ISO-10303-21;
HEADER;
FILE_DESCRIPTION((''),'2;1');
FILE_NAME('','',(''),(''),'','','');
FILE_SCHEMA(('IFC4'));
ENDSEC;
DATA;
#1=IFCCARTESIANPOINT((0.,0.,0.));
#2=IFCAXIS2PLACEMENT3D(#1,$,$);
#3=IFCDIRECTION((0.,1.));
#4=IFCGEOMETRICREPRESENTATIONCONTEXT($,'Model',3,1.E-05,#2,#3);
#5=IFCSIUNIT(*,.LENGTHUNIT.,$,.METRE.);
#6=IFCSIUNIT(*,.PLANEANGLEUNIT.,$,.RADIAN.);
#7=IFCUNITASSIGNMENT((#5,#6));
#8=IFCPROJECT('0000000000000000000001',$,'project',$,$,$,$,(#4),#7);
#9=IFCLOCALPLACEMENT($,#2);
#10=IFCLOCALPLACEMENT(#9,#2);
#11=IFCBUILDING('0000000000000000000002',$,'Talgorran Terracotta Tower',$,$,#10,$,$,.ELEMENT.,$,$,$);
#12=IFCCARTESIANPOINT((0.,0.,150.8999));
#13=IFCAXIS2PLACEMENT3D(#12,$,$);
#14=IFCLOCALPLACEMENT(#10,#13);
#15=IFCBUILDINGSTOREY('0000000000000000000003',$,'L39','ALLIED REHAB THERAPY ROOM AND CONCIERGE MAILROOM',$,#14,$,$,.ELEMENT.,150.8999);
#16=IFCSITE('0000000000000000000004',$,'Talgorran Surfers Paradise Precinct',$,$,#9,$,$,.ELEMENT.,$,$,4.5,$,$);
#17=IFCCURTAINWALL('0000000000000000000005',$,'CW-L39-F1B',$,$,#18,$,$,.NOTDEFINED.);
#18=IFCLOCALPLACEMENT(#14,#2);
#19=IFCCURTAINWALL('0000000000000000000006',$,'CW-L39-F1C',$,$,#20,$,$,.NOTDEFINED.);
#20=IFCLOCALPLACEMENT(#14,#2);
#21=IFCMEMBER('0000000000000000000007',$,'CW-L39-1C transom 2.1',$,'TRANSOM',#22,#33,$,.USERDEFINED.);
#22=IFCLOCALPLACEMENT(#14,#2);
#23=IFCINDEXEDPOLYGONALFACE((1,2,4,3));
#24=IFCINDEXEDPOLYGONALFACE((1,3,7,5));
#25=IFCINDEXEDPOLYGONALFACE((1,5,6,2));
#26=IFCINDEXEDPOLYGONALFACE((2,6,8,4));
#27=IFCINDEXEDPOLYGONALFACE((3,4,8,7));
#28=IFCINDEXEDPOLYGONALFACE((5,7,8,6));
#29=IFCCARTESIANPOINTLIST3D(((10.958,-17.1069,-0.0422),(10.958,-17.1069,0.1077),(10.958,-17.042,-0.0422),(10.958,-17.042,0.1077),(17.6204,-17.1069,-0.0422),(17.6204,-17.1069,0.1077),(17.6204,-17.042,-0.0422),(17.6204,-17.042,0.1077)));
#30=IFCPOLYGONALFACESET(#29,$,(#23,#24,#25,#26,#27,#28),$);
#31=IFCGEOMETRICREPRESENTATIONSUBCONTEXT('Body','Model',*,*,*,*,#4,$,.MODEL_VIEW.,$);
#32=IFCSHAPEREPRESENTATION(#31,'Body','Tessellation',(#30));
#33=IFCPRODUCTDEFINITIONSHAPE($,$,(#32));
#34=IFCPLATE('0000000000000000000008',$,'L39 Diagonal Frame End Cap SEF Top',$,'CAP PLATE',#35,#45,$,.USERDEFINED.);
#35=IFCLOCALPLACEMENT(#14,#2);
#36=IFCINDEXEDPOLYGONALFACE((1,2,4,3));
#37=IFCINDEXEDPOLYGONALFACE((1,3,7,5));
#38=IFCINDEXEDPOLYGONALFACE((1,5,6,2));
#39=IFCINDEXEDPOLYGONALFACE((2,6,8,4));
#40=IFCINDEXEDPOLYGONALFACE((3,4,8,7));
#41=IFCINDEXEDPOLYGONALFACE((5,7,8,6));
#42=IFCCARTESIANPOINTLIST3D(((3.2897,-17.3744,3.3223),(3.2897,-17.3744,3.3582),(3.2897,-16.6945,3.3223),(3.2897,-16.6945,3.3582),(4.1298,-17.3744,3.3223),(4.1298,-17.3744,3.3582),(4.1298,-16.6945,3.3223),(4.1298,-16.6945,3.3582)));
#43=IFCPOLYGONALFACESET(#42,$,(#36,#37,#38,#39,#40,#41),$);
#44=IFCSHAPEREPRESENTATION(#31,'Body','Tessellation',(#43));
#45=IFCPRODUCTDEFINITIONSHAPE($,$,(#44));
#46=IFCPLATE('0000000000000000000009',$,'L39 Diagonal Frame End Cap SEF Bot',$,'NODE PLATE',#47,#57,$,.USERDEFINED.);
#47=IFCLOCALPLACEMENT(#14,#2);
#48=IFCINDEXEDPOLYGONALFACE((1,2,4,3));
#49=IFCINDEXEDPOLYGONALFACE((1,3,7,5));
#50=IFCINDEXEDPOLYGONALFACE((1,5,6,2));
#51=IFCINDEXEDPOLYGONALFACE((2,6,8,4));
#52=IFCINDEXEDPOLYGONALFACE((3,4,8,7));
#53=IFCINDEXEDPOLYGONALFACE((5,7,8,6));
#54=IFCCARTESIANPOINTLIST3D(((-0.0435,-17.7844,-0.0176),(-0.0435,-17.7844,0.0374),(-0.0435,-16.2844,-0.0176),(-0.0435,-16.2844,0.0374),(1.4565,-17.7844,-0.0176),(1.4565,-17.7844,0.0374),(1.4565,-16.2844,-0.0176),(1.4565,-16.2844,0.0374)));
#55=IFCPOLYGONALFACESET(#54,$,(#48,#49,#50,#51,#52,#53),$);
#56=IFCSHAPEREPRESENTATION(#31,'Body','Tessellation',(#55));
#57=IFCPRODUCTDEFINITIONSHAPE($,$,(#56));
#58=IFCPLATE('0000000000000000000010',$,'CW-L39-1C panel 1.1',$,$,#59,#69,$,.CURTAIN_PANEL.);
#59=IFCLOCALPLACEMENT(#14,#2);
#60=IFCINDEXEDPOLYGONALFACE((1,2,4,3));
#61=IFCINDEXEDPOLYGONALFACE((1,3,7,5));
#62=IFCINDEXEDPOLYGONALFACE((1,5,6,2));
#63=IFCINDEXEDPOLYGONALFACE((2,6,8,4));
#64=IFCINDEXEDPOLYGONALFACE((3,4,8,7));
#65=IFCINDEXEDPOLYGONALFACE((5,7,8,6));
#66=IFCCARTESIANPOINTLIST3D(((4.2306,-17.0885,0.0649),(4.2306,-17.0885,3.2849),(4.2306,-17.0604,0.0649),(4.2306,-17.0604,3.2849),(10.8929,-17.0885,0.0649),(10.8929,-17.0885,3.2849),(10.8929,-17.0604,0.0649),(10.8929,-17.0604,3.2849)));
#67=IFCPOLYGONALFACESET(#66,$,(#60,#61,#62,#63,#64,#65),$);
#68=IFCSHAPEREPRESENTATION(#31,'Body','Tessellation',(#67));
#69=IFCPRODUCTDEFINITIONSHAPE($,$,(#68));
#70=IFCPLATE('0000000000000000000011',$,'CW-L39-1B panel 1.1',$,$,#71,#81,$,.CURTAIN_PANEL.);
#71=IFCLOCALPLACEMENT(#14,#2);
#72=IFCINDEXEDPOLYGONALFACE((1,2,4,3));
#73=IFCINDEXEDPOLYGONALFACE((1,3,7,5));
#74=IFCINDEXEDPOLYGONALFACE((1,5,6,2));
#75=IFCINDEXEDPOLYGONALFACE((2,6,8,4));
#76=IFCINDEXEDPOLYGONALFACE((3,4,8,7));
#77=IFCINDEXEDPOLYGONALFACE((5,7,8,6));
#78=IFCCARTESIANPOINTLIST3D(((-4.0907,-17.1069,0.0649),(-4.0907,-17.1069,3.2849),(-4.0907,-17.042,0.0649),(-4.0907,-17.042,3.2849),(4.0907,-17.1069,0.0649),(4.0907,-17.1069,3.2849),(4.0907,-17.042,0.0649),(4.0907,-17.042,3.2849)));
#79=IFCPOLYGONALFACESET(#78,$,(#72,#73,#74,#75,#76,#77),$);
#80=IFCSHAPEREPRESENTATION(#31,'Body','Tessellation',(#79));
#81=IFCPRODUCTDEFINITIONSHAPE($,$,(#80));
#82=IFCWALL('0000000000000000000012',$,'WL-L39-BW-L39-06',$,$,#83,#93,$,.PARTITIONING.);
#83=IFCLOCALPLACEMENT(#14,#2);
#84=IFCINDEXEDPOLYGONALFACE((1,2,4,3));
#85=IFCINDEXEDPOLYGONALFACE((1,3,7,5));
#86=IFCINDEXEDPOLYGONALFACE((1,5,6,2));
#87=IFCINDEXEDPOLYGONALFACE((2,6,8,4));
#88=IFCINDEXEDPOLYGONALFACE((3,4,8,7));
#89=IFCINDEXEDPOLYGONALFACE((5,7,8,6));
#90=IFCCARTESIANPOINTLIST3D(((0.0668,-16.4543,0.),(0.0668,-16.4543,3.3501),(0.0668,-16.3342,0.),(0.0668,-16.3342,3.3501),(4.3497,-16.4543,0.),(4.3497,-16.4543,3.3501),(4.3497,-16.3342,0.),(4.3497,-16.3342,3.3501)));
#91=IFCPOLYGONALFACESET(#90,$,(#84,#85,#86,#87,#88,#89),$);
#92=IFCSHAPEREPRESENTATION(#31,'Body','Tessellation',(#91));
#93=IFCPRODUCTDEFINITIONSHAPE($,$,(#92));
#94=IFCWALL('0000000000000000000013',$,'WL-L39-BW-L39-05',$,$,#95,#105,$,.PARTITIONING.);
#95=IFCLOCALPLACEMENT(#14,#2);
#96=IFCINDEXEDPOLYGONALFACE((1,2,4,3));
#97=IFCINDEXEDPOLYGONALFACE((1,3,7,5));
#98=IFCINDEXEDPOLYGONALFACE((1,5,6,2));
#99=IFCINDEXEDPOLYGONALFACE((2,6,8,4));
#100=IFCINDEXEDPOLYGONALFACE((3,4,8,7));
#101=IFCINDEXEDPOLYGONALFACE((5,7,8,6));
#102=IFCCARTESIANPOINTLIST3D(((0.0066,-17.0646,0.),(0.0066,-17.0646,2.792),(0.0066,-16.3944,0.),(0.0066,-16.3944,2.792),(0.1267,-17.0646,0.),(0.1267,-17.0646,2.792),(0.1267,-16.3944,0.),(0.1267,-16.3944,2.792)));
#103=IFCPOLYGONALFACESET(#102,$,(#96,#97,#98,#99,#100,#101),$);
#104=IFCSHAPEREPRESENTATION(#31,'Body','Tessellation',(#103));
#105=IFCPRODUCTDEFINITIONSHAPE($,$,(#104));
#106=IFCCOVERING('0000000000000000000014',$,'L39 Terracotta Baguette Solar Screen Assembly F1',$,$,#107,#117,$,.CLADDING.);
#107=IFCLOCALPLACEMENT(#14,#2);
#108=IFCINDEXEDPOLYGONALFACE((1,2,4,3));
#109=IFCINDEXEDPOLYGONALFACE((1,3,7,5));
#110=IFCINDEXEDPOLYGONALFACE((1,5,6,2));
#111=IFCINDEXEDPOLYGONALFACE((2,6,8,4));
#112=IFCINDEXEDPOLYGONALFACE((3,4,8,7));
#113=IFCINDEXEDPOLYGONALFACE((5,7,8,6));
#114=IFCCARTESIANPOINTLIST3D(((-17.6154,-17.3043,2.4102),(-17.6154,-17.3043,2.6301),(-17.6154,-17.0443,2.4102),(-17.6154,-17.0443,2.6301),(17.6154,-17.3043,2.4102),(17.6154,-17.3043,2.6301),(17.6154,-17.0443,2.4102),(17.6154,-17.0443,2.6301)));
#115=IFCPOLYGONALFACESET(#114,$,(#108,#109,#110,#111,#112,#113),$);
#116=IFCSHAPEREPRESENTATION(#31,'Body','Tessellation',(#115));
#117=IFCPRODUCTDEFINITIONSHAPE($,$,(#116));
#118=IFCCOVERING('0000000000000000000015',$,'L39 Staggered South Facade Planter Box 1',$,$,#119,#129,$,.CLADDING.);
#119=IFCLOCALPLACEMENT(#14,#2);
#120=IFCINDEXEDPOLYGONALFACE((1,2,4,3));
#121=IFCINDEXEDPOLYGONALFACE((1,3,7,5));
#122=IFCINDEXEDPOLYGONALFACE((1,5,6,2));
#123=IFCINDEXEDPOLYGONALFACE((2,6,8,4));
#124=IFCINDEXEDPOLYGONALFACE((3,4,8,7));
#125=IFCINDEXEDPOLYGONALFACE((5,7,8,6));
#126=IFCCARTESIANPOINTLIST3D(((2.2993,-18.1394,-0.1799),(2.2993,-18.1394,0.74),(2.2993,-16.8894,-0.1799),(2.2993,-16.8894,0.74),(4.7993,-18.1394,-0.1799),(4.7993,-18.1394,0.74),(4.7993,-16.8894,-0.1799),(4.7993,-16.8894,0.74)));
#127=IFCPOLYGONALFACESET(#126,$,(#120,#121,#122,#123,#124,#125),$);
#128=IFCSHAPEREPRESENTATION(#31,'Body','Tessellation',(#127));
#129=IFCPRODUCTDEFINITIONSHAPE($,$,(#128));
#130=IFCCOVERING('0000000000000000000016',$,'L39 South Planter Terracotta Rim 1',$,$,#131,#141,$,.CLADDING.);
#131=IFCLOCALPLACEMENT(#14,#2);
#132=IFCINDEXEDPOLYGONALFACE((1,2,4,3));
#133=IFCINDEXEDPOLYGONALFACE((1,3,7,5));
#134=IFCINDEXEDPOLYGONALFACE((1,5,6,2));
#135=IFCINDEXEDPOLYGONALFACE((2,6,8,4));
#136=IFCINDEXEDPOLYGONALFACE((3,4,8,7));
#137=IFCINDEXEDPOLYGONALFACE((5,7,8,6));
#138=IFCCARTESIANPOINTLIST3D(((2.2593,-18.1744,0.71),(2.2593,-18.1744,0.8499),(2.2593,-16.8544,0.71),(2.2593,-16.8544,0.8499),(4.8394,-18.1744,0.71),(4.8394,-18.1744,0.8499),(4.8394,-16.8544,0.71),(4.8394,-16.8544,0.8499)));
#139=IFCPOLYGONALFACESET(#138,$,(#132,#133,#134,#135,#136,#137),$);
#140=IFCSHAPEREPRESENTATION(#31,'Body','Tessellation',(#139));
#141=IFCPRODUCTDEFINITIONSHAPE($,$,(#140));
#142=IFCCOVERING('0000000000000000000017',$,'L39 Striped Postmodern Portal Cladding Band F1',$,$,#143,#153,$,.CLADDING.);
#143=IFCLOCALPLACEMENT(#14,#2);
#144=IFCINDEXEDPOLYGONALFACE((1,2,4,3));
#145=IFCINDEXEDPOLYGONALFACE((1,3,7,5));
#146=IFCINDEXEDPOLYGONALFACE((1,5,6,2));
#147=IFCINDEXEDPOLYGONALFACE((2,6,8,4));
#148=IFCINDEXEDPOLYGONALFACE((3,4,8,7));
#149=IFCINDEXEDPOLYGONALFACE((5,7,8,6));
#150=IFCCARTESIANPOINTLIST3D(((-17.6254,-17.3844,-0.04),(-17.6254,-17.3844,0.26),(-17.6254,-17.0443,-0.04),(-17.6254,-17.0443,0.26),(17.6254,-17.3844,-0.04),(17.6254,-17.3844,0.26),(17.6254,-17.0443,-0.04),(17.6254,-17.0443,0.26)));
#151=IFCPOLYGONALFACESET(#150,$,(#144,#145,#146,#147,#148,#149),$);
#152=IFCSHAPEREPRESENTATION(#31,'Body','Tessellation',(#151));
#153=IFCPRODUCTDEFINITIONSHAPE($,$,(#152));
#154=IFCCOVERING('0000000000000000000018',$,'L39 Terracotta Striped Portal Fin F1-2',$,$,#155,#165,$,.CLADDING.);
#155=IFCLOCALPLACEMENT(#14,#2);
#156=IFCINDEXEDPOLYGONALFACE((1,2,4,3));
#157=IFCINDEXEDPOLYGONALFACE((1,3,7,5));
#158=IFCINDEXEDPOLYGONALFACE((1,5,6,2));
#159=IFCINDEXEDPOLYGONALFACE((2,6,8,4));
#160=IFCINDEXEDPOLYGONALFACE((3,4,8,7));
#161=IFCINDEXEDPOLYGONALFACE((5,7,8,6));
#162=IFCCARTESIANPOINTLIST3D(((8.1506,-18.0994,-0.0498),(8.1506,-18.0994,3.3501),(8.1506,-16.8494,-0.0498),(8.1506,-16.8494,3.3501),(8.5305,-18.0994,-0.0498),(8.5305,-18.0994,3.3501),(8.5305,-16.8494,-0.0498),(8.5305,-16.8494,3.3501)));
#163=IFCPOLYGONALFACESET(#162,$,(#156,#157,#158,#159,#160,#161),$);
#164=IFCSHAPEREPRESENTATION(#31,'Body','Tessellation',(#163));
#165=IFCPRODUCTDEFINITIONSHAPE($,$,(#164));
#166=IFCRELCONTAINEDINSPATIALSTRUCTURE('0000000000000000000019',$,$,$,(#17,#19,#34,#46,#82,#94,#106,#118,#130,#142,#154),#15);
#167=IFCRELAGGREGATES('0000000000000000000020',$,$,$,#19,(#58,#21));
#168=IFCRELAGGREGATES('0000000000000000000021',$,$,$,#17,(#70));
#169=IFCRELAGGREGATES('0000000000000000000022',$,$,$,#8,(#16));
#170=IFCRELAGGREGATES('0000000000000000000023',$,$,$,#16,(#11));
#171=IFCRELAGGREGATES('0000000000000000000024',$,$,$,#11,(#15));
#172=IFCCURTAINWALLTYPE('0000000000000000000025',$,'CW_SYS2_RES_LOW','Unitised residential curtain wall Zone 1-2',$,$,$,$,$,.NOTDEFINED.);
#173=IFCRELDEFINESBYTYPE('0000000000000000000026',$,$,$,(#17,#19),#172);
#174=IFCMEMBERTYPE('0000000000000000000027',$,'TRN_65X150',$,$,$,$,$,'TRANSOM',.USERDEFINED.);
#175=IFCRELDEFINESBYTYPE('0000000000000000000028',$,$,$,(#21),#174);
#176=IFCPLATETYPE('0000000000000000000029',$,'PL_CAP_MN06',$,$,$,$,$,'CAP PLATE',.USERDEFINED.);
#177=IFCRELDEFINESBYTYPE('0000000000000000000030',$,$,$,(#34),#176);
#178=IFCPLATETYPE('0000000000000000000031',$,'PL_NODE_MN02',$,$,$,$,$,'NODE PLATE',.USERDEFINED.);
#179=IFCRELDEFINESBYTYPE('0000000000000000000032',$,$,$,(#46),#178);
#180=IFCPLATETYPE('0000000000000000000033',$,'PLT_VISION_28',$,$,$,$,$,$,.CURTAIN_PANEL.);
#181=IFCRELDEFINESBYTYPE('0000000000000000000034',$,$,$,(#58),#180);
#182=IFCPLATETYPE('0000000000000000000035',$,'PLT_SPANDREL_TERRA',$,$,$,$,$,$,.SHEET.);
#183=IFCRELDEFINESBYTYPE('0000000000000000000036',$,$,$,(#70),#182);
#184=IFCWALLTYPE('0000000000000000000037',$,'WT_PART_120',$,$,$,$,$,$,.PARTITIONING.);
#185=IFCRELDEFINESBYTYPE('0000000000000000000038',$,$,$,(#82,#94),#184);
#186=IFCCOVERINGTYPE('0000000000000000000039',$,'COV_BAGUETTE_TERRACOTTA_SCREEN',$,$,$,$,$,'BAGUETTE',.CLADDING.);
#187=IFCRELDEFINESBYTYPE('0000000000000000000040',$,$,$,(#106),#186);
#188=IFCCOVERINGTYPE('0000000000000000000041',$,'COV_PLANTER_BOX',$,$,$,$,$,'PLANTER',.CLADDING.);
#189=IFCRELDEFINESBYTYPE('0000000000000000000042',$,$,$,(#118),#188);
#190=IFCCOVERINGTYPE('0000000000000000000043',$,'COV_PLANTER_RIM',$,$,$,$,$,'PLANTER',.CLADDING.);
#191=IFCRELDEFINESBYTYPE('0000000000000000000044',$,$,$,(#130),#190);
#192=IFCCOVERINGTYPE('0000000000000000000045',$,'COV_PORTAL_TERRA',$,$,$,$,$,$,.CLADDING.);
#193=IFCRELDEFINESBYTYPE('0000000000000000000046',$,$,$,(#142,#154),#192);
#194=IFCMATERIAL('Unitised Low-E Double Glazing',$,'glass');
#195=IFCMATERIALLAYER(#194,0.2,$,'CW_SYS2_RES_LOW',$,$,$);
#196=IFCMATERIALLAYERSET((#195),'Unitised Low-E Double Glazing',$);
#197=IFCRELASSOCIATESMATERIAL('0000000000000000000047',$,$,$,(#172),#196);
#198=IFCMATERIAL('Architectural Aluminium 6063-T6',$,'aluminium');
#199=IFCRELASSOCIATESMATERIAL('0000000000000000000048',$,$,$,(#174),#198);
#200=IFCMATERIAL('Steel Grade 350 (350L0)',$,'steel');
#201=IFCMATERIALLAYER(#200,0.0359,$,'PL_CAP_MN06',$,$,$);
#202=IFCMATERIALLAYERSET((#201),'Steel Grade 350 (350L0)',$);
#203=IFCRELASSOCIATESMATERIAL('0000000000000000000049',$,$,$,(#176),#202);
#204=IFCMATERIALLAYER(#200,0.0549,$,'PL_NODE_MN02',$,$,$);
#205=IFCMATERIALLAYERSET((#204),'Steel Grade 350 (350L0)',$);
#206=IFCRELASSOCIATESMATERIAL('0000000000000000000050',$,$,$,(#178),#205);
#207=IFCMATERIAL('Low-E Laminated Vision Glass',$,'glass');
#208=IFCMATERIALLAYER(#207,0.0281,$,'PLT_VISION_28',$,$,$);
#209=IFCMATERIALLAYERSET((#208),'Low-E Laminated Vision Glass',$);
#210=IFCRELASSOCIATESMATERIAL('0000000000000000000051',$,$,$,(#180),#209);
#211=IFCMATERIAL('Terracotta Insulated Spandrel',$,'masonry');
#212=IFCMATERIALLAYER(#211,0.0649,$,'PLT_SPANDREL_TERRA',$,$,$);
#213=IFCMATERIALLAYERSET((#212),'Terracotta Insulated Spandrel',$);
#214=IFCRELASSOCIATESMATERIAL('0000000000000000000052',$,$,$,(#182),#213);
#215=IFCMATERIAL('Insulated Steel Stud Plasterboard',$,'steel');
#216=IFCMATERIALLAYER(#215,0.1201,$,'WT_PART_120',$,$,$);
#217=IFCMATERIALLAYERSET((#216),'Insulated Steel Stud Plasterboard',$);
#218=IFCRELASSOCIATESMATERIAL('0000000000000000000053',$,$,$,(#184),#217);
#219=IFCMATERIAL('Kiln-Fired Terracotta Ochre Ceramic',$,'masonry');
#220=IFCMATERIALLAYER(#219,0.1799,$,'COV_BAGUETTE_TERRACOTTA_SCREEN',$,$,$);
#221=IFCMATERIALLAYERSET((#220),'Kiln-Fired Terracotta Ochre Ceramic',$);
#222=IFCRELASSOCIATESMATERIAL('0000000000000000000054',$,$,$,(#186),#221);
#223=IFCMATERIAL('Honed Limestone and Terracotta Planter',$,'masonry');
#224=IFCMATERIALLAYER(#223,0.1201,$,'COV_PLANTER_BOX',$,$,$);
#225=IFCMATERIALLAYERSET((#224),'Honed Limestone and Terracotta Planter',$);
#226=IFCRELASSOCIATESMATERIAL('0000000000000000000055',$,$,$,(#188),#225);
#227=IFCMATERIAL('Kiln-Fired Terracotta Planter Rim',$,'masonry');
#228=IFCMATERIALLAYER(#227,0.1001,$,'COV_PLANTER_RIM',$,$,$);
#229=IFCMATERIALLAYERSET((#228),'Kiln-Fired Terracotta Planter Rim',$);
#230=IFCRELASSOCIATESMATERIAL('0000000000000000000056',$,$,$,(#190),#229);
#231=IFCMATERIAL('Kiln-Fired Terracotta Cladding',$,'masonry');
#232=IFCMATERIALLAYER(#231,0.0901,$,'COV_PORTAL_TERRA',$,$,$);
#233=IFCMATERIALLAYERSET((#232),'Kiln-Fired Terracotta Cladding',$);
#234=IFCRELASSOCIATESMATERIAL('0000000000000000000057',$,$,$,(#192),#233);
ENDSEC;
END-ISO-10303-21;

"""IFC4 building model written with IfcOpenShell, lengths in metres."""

from ifc_helpers import new_model, si_unit, direction, frame, frame_2d, origin, origin_2d, place, context, subcontext, project, spatial, rectangle, extrude, source, transform, mapped, material, layer, layer_set, material_profile, profile_set, type_object, type_shapes, element, aggregate, save


model = new_model("IFC4")

# Units and contexts
model_context = context("Model", 3, precision=1e-05, world=origin(), true_north=direction((0.0, 1.0)))
body_context = subcontext(model_context, "Body", "Model", "MODEL_VIEW")
ifc_project = project(units=[si_unit("LENGTHUNIT", "METRE"), si_unit("PLANEANGLEUNIT", "RADIAN")], contexts=[model_context])

# Site, building, storey
site_placement = place(None, origin())
site = spatial("IfcSite", under=ifc_project, at=site_placement, Name="Talgorran Surfers Paradise Precinct", CompositionType="ELEMENT", RefElevation=4.5)
building_placement = place(site_placement, origin())
building = spatial("IfcBuilding", under=site, at=building_placement, Name="Talgorran Terracotta Tower", CompositionType="ELEMENT")
storey_placement = place(building_placement, frame((0.0, 0.0, 150.8999)))
storey = spatial("IfcBuildingStorey", under=building, at=storey_placement, Name="L39", Description="ALLIED REHAB THERAPY ROOM AND CONCIERGE MAILROOM", CompositionType="ELEMENT", Elevation=150.8999)

# Shared definitions
ifc_material_1 = material(Name="Steel Grade 350 (350L0)", Category="steel")

# Curtain wall
ifc_material_2 = material(Name="Unitised Low-E Double Glazing", Category="glass")
ifc_layer_1 = layer(ifc_material_2, 0.2, Name="CW_SYS2_RES_LOW")
ifc_layer_set_1 = layer_set([ifc_layer_1], Name="Unitised Low-E Double Glazing")
curtain_wall_type = type_object("IfcCurtainWallType", Name="CW_SYS2_RES_LOW", Description="Unitised residential curtain wall Zone 1-2", PredefinedType="NOTDEFINED", material=ifc_layer_set_1)
curtain_wall_1_placement = place(storey_placement, origin())
curtain_wall_1 = element("IfcCurtainWall", 1, at=curtain_wall_1_placement, inside=storey, type_object=curtain_wall_type, Name="CW-L39-F1B", PredefinedType="NOTDEFINED")
ifc_material_3 = material(Name="Architectural Aluminium 6063-T6", Category="aluminium")

# Curtain wall, member
curtain_wall_2_placement = place(storey_placement, origin())
curtain_wall_2 = element("IfcCurtainWall", 2, at=curtain_wall_2_placement, inside=storey, type_object=curtain_wall_type, Name="CW-L39-F1C", PredefinedType="NOTDEFINED")
ifc_material_profile_1 = material_profile(ifc_material_3, rectangle(XDim=0.0649, YDim=0.1499, at=origin_2d()), Name="CWT65X150")
ifc_profile_set_1 = profile_set([ifc_material_profile_1], Name="Architectural Aluminium 6063-T6")
member_type_1 = type_object("IfcMemberType", Name="TRN_65X150", ElementType="TRANSOM", PredefinedType="USERDEFINED", material=ifc_profile_set_1)
member_1_placement = place(storey_placement, frame((10.958, -17.0745, 0.0327), z_axis=(1.0, 0.0, 0.0), x_axis=(0.0, 1.0, 0.0)))
member_1 = element("IfcMember", 3, at=member_1_placement, type_object=member_type_1, Name="CW-L39-1C transom 2.1", ObjectType="TRANSOM", PredefinedType="USERDEFINED", context=body_context, shape_type="SweptSolid", body=[
    extrude(rectangle(XDim=0.0649, YDim=0.1499, at=origin_2d()), origin(), (0.0, 0.0, 1.0), 6.6624),
])

# Plates
ifc_layer_2 = layer(ifc_material_1, 0.0359, Name="PL_CAP_MN06")
ifc_layer_set_2 = layer_set([ifc_layer_2], Name="Steel Grade 350 (350L0)")
plate_type_1 = type_object("IfcPlateType", Name="PL_CAP_MN06", ElementType="CAP PLATE", PredefinedType="USERDEFINED", material=ifc_layer_set_2)
plate_1_placement = place(storey_placement, frame((3.7097, -17.0344, 3.3223), z_axis=(0.0, 0.0, 1.0), x_axis=(1.0, 0.0, 0.0)))
element("IfcPlate", 4, at=plate_1_placement, inside=storey, type_object=plate_type_1, Name="L39 Diagonal Frame End Cap SEF Top", ObjectType="CAP PLATE", PredefinedType="USERDEFINED", context=body_context, shape_type="SweptSolid", body=[
    extrude(rectangle(XDim=0.8401, YDim=0.6799, at=origin_2d()), origin(), (0.0, 0.0, 1.0), 0.0359),
])
ifc_layer_3 = layer(ifc_material_1, 0.0549, Name="PL_NODE_MN02")
ifc_layer_set_3 = layer_set([ifc_layer_3], Name="Steel Grade 350 (350L0)")
plate_type_2 = type_object("IfcPlateType", Name="PL_NODE_MN02", ElementType="NODE PLATE", PredefinedType="USERDEFINED", material=ifc_layer_set_3)
plate_2_placement = place(storey_placement, frame((0.7065, -17.0344, -0.0176), z_axis=(0.0, 0.0, 1.0), x_axis=(1.0, 0.0, 0.0)))
element("IfcPlate", 5, at=plate_2_placement, inside=storey, type_object=plate_type_2, Name="L39 Diagonal Frame End Cap SEF Bot", ObjectType="NODE PLATE", PredefinedType="USERDEFINED", context=body_context, shape_type="SweptSolid", body=[
    extrude(rectangle(XDim=1.5, YDim=1.5, at=origin_2d()), origin(), (0.0, 0.0, 1.0), 0.0549),
])

# Plates
ifc_material_4 = material(Name="Low-E Laminated Vision Glass", Category="glass")
ifc_layer_4 = layer(ifc_material_4, 0.0281, Name="PLT_VISION_28")
ifc_layer_set_4 = layer_set([ifc_layer_4], Name="Low-E Laminated Vision Glass")
plate_type_3 = type_object("IfcPlateType", Name="PLT_VISION_28", PredefinedType="CURTAIN_PANEL", material=ifc_layer_set_4)
shared_shape_1 = source(origin(), body_context, "Body", "SweptSolid", [
    extrude(rectangle(XDim=6.6624, YDim=0.0281, at=origin_2d()), origin(), (0.0, 0.0, 1.0), 3.22),
])
type_shapes(plate_type_3, [shared_shape_1])
plate_3_placement = place(storey_placement, frame((7.5618, -17.0745, 0.0649), z_axis=(0.0, 0.0, 1.0), x_axis=(1.0, 0.0, 0.0)))
plate_3 = element("IfcPlate", 6, at=plate_3_placement, type_object=plate_type_3, Name="CW-L39-1C panel 1.1", PredefinedType="CURTAIN_PANEL", context=body_context, shape_type="MappedRepresentation", body=[
    mapped(shared_shape_1, transform((0.0, 0.0, 0.0), scale=1.0)),
])
aggregate(curtain_wall_2, [plate_3, member_1])
ifc_material_5 = material(Name="Terracotta Insulated Spandrel", Category="masonry")
ifc_layer_5 = layer(ifc_material_5, 0.0649, Name="PLT_SPANDREL_TERRA")
ifc_layer_set_5 = layer_set([ifc_layer_5], Name="Terracotta Insulated Spandrel")
plate_type_4 = type_object("IfcPlateType", Name="PLT_SPANDREL_TERRA", PredefinedType="SHEET", material=ifc_layer_set_5)
shared_shape_2 = source(origin(), body_context, "Body", "SweptSolid", [
    extrude(rectangle(XDim=8.1814, YDim=0.0649, at=origin_2d()), origin(), (0.0, 0.0, 1.0), 3.22),
])
type_shapes(plate_type_4, [shared_shape_2])
plate_4_placement = place(storey_placement, frame((0.0, -17.0745, 0.0649), z_axis=(0.0, 0.0, 1.0), x_axis=(1.0, 0.0, 0.0)))
plate_4 = element("IfcPlate", 7, at=plate_4_placement, type_object=plate_type_4, Name="CW-L39-1B panel 1.1", PredefinedType="CURTAIN_PANEL", context=body_context, shape_type="MappedRepresentation", body=[
    mapped(shared_shape_2, transform((0.0, 0.0, 0.0), scale=1.0)),
])
aggregate(curtain_wall_1, [plate_4])

# Walls
ifc_material_6 = material(Name="Insulated Steel Stud Plasterboard", Category="steel")
ifc_layer_6 = layer(ifc_material_6, 0.1201, Name="WT_PART_120")
ifc_layer_set_6 = layer_set([ifc_layer_6], Name="Insulated Steel Stud Plasterboard")
wall_type = type_object("IfcWallType", Name="WT_PART_120", PredefinedType="PARTITIONING", material=ifc_layer_set_6)
wall_1_placement = place(storey_placement, frame((0.0667, -16.3943, 0.0), z_axis=(0.0, 0.0, 1.0), x_axis=(1.0, 0.0, 0.0)))
element("IfcWall", 8, at=wall_1_placement, inside=storey, type_object=wall_type, Name="WL-L39-BW-L39-06", PredefinedType="PARTITIONING", context=body_context, shape_type="SweptSolid", body=[
    extrude(rectangle(XDim=4.283, YDim=0.1201, at=frame_2d((2.1416, 0.0))), origin(), (0.0, 0.0, 1.0), 3.3501),
])
wall_2_placement = place(storey_placement, frame((0.0667, -17.0645, 0.0), z_axis=(0.0, 0.0, 1.0), x_axis=(0.0, 1.0, 0.0)))
element("IfcWall", 9, at=wall_2_placement, inside=storey, type_object=wall_type, Name="WL-L39-BW-L39-05", PredefinedType="PARTITIONING", context=body_context, shape_type="SweptSolid", body=[
    extrude(rectangle(XDim=0.6702, YDim=0.1201, at=frame_2d((0.335, 0.0))), origin(), (0.0, 0.0, 1.0), 2.792),
])

# Coverings
ifc_material_7 = material(Name="Kiln-Fired Terracotta Ochre Ceramic", Category="masonry")
ifc_layer_7 = layer(ifc_material_7, 0.1799, Name="COV_BAGUETTE_TERRACOTTA_SCREEN")
ifc_layer_set_7 = layer_set([ifc_layer_7], Name="Kiln-Fired Terracotta Ochre Ceramic")
covering_type_1 = type_object("IfcCoveringType", Name="COV_BAGUETTE_TERRACOTTA_SCREEN", ElementType="BAGUETTE", PredefinedType="CLADDING", material=ifc_layer_set_7)
covering_1_placement = place(storey_placement, frame((0.0, -17.1743, 2.4102), z_axis=(0.0, 0.0, 1.0), x_axis=(1.0, 0.0, 0.0)))
element("IfcCovering", 10, at=covering_1_placement, inside=storey, type_object=covering_type_1, Name="L39 Terracotta Baguette Solar Screen Assembly F1", PredefinedType="CLADDING", context=body_context, shape_type="SweptSolid", body=[
    extrude(rectangle(XDim=35.2307, YDim=0.26, at=origin_2d()), origin(), (0.0, 0.0, 1.0), 0.22),
])
ifc_material_8 = material(Name="Honed Limestone and Terracotta Planter", Category="masonry")
ifc_layer_8 = layer(ifc_material_8, 0.1201, Name="COV_PLANTER_BOX")
ifc_layer_set_8 = layer_set([ifc_layer_8], Name="Honed Limestone and Terracotta Planter")
covering_type_2 = type_object("IfcCoveringType", Name="COV_PLANTER_BOX", ElementType="PLANTER", PredefinedType="CLADDING", material=ifc_layer_set_8)
covering_2_placement = place(storey_placement, frame((3.5493, -17.5144, -0.1799), z_axis=(0.0, 0.0, 1.0), x_axis=(1.0, 0.0, 0.0)))
element("IfcCovering", 11, at=covering_2_placement, inside=storey, type_object=covering_type_2, Name="L39 Staggered South Facade Planter Box 1", PredefinedType="CLADDING", context=body_context, shape_type="SweptSolid", body=[
    extrude(rectangle(XDim=2.5, YDim=1.25, at=origin_2d()), origin(), (0.0, 0.0, 1.0), 0.9199),
])
ifc_material_9 = material(Name="Kiln-Fired Terracotta Planter Rim", Category="masonry")
ifc_layer_9 = layer(ifc_material_9, 0.1001, Name="COV_PLANTER_RIM")
ifc_layer_set_9 = layer_set([ifc_layer_9], Name="Kiln-Fired Terracotta Planter Rim")
covering_type_3 = type_object("IfcCoveringType", Name="COV_PLANTER_RIM", ElementType="PLANTER", PredefinedType="CLADDING", material=ifc_layer_set_9)
covering_3_placement = place(storey_placement, frame((3.5493, -17.5144, 0.71), z_axis=(0.0, 0.0, 1.0), x_axis=(1.0, 0.0, 0.0)))
element("IfcCovering", 12, at=covering_3_placement, inside=storey, type_object=covering_type_3, Name="L39 South Planter Terracotta Rim 1", PredefinedType="CLADDING", context=body_context, shape_type="SweptSolid", body=[
    extrude(rectangle(XDim=2.5801, YDim=1.3201, at=origin_2d()), origin(), (0.0, 0.0, 1.0), 0.1399),
])
ifc_material_10 = material(Name="Kiln-Fired Terracotta Cladding", Category="masonry")
ifc_layer_10 = layer(ifc_material_10, 0.0901, Name="COV_PORTAL_TERRA")
ifc_layer_set_10 = layer_set([ifc_layer_10], Name="Kiln-Fired Terracotta Cladding")
covering_type_4 = type_object("IfcCoveringType", Name="COV_PORTAL_TERRA", PredefinedType="CLADDING", material=ifc_layer_set_10)
covering_4_placement = place(storey_placement, frame((0.0, -17.2144, -0.04), z_axis=(0.0, 0.0, 1.0), x_axis=(1.0, 0.0, 0.0)))
element("IfcCovering", 13, at=covering_4_placement, inside=storey, type_object=covering_type_4, Name="L39 Striped Postmodern Portal Cladding Band F1", PredefinedType="CLADDING", context=body_context, shape_type="SweptSolid", body=[
    extrude(rectangle(XDim=35.2507, YDim=0.3401, at=origin_2d()), origin(), (0.0, 0.0, 1.0), 0.3),
])
covering_5_placement = place(storey_placement, frame((8.3406, -17.4744, -0.0498), z_axis=(0.0, 0.0, 1.0), x_axis=(1.0, 0.0, 0.0)))
element("IfcCovering", 14, at=covering_5_placement, inside=storey, type_object=covering_type_4, Name="L39 Terracotta Striped Portal Fin F1-2", PredefinedType="CLADDING", context=body_context, shape_type="SweptSolid", body=[
    extrude(rectangle(XDim=0.3799, YDim=1.25, at=origin_2d()), origin(), (0.0, 0.0, 1.0), 3.3999),
])

save(model, "model.ifc")
